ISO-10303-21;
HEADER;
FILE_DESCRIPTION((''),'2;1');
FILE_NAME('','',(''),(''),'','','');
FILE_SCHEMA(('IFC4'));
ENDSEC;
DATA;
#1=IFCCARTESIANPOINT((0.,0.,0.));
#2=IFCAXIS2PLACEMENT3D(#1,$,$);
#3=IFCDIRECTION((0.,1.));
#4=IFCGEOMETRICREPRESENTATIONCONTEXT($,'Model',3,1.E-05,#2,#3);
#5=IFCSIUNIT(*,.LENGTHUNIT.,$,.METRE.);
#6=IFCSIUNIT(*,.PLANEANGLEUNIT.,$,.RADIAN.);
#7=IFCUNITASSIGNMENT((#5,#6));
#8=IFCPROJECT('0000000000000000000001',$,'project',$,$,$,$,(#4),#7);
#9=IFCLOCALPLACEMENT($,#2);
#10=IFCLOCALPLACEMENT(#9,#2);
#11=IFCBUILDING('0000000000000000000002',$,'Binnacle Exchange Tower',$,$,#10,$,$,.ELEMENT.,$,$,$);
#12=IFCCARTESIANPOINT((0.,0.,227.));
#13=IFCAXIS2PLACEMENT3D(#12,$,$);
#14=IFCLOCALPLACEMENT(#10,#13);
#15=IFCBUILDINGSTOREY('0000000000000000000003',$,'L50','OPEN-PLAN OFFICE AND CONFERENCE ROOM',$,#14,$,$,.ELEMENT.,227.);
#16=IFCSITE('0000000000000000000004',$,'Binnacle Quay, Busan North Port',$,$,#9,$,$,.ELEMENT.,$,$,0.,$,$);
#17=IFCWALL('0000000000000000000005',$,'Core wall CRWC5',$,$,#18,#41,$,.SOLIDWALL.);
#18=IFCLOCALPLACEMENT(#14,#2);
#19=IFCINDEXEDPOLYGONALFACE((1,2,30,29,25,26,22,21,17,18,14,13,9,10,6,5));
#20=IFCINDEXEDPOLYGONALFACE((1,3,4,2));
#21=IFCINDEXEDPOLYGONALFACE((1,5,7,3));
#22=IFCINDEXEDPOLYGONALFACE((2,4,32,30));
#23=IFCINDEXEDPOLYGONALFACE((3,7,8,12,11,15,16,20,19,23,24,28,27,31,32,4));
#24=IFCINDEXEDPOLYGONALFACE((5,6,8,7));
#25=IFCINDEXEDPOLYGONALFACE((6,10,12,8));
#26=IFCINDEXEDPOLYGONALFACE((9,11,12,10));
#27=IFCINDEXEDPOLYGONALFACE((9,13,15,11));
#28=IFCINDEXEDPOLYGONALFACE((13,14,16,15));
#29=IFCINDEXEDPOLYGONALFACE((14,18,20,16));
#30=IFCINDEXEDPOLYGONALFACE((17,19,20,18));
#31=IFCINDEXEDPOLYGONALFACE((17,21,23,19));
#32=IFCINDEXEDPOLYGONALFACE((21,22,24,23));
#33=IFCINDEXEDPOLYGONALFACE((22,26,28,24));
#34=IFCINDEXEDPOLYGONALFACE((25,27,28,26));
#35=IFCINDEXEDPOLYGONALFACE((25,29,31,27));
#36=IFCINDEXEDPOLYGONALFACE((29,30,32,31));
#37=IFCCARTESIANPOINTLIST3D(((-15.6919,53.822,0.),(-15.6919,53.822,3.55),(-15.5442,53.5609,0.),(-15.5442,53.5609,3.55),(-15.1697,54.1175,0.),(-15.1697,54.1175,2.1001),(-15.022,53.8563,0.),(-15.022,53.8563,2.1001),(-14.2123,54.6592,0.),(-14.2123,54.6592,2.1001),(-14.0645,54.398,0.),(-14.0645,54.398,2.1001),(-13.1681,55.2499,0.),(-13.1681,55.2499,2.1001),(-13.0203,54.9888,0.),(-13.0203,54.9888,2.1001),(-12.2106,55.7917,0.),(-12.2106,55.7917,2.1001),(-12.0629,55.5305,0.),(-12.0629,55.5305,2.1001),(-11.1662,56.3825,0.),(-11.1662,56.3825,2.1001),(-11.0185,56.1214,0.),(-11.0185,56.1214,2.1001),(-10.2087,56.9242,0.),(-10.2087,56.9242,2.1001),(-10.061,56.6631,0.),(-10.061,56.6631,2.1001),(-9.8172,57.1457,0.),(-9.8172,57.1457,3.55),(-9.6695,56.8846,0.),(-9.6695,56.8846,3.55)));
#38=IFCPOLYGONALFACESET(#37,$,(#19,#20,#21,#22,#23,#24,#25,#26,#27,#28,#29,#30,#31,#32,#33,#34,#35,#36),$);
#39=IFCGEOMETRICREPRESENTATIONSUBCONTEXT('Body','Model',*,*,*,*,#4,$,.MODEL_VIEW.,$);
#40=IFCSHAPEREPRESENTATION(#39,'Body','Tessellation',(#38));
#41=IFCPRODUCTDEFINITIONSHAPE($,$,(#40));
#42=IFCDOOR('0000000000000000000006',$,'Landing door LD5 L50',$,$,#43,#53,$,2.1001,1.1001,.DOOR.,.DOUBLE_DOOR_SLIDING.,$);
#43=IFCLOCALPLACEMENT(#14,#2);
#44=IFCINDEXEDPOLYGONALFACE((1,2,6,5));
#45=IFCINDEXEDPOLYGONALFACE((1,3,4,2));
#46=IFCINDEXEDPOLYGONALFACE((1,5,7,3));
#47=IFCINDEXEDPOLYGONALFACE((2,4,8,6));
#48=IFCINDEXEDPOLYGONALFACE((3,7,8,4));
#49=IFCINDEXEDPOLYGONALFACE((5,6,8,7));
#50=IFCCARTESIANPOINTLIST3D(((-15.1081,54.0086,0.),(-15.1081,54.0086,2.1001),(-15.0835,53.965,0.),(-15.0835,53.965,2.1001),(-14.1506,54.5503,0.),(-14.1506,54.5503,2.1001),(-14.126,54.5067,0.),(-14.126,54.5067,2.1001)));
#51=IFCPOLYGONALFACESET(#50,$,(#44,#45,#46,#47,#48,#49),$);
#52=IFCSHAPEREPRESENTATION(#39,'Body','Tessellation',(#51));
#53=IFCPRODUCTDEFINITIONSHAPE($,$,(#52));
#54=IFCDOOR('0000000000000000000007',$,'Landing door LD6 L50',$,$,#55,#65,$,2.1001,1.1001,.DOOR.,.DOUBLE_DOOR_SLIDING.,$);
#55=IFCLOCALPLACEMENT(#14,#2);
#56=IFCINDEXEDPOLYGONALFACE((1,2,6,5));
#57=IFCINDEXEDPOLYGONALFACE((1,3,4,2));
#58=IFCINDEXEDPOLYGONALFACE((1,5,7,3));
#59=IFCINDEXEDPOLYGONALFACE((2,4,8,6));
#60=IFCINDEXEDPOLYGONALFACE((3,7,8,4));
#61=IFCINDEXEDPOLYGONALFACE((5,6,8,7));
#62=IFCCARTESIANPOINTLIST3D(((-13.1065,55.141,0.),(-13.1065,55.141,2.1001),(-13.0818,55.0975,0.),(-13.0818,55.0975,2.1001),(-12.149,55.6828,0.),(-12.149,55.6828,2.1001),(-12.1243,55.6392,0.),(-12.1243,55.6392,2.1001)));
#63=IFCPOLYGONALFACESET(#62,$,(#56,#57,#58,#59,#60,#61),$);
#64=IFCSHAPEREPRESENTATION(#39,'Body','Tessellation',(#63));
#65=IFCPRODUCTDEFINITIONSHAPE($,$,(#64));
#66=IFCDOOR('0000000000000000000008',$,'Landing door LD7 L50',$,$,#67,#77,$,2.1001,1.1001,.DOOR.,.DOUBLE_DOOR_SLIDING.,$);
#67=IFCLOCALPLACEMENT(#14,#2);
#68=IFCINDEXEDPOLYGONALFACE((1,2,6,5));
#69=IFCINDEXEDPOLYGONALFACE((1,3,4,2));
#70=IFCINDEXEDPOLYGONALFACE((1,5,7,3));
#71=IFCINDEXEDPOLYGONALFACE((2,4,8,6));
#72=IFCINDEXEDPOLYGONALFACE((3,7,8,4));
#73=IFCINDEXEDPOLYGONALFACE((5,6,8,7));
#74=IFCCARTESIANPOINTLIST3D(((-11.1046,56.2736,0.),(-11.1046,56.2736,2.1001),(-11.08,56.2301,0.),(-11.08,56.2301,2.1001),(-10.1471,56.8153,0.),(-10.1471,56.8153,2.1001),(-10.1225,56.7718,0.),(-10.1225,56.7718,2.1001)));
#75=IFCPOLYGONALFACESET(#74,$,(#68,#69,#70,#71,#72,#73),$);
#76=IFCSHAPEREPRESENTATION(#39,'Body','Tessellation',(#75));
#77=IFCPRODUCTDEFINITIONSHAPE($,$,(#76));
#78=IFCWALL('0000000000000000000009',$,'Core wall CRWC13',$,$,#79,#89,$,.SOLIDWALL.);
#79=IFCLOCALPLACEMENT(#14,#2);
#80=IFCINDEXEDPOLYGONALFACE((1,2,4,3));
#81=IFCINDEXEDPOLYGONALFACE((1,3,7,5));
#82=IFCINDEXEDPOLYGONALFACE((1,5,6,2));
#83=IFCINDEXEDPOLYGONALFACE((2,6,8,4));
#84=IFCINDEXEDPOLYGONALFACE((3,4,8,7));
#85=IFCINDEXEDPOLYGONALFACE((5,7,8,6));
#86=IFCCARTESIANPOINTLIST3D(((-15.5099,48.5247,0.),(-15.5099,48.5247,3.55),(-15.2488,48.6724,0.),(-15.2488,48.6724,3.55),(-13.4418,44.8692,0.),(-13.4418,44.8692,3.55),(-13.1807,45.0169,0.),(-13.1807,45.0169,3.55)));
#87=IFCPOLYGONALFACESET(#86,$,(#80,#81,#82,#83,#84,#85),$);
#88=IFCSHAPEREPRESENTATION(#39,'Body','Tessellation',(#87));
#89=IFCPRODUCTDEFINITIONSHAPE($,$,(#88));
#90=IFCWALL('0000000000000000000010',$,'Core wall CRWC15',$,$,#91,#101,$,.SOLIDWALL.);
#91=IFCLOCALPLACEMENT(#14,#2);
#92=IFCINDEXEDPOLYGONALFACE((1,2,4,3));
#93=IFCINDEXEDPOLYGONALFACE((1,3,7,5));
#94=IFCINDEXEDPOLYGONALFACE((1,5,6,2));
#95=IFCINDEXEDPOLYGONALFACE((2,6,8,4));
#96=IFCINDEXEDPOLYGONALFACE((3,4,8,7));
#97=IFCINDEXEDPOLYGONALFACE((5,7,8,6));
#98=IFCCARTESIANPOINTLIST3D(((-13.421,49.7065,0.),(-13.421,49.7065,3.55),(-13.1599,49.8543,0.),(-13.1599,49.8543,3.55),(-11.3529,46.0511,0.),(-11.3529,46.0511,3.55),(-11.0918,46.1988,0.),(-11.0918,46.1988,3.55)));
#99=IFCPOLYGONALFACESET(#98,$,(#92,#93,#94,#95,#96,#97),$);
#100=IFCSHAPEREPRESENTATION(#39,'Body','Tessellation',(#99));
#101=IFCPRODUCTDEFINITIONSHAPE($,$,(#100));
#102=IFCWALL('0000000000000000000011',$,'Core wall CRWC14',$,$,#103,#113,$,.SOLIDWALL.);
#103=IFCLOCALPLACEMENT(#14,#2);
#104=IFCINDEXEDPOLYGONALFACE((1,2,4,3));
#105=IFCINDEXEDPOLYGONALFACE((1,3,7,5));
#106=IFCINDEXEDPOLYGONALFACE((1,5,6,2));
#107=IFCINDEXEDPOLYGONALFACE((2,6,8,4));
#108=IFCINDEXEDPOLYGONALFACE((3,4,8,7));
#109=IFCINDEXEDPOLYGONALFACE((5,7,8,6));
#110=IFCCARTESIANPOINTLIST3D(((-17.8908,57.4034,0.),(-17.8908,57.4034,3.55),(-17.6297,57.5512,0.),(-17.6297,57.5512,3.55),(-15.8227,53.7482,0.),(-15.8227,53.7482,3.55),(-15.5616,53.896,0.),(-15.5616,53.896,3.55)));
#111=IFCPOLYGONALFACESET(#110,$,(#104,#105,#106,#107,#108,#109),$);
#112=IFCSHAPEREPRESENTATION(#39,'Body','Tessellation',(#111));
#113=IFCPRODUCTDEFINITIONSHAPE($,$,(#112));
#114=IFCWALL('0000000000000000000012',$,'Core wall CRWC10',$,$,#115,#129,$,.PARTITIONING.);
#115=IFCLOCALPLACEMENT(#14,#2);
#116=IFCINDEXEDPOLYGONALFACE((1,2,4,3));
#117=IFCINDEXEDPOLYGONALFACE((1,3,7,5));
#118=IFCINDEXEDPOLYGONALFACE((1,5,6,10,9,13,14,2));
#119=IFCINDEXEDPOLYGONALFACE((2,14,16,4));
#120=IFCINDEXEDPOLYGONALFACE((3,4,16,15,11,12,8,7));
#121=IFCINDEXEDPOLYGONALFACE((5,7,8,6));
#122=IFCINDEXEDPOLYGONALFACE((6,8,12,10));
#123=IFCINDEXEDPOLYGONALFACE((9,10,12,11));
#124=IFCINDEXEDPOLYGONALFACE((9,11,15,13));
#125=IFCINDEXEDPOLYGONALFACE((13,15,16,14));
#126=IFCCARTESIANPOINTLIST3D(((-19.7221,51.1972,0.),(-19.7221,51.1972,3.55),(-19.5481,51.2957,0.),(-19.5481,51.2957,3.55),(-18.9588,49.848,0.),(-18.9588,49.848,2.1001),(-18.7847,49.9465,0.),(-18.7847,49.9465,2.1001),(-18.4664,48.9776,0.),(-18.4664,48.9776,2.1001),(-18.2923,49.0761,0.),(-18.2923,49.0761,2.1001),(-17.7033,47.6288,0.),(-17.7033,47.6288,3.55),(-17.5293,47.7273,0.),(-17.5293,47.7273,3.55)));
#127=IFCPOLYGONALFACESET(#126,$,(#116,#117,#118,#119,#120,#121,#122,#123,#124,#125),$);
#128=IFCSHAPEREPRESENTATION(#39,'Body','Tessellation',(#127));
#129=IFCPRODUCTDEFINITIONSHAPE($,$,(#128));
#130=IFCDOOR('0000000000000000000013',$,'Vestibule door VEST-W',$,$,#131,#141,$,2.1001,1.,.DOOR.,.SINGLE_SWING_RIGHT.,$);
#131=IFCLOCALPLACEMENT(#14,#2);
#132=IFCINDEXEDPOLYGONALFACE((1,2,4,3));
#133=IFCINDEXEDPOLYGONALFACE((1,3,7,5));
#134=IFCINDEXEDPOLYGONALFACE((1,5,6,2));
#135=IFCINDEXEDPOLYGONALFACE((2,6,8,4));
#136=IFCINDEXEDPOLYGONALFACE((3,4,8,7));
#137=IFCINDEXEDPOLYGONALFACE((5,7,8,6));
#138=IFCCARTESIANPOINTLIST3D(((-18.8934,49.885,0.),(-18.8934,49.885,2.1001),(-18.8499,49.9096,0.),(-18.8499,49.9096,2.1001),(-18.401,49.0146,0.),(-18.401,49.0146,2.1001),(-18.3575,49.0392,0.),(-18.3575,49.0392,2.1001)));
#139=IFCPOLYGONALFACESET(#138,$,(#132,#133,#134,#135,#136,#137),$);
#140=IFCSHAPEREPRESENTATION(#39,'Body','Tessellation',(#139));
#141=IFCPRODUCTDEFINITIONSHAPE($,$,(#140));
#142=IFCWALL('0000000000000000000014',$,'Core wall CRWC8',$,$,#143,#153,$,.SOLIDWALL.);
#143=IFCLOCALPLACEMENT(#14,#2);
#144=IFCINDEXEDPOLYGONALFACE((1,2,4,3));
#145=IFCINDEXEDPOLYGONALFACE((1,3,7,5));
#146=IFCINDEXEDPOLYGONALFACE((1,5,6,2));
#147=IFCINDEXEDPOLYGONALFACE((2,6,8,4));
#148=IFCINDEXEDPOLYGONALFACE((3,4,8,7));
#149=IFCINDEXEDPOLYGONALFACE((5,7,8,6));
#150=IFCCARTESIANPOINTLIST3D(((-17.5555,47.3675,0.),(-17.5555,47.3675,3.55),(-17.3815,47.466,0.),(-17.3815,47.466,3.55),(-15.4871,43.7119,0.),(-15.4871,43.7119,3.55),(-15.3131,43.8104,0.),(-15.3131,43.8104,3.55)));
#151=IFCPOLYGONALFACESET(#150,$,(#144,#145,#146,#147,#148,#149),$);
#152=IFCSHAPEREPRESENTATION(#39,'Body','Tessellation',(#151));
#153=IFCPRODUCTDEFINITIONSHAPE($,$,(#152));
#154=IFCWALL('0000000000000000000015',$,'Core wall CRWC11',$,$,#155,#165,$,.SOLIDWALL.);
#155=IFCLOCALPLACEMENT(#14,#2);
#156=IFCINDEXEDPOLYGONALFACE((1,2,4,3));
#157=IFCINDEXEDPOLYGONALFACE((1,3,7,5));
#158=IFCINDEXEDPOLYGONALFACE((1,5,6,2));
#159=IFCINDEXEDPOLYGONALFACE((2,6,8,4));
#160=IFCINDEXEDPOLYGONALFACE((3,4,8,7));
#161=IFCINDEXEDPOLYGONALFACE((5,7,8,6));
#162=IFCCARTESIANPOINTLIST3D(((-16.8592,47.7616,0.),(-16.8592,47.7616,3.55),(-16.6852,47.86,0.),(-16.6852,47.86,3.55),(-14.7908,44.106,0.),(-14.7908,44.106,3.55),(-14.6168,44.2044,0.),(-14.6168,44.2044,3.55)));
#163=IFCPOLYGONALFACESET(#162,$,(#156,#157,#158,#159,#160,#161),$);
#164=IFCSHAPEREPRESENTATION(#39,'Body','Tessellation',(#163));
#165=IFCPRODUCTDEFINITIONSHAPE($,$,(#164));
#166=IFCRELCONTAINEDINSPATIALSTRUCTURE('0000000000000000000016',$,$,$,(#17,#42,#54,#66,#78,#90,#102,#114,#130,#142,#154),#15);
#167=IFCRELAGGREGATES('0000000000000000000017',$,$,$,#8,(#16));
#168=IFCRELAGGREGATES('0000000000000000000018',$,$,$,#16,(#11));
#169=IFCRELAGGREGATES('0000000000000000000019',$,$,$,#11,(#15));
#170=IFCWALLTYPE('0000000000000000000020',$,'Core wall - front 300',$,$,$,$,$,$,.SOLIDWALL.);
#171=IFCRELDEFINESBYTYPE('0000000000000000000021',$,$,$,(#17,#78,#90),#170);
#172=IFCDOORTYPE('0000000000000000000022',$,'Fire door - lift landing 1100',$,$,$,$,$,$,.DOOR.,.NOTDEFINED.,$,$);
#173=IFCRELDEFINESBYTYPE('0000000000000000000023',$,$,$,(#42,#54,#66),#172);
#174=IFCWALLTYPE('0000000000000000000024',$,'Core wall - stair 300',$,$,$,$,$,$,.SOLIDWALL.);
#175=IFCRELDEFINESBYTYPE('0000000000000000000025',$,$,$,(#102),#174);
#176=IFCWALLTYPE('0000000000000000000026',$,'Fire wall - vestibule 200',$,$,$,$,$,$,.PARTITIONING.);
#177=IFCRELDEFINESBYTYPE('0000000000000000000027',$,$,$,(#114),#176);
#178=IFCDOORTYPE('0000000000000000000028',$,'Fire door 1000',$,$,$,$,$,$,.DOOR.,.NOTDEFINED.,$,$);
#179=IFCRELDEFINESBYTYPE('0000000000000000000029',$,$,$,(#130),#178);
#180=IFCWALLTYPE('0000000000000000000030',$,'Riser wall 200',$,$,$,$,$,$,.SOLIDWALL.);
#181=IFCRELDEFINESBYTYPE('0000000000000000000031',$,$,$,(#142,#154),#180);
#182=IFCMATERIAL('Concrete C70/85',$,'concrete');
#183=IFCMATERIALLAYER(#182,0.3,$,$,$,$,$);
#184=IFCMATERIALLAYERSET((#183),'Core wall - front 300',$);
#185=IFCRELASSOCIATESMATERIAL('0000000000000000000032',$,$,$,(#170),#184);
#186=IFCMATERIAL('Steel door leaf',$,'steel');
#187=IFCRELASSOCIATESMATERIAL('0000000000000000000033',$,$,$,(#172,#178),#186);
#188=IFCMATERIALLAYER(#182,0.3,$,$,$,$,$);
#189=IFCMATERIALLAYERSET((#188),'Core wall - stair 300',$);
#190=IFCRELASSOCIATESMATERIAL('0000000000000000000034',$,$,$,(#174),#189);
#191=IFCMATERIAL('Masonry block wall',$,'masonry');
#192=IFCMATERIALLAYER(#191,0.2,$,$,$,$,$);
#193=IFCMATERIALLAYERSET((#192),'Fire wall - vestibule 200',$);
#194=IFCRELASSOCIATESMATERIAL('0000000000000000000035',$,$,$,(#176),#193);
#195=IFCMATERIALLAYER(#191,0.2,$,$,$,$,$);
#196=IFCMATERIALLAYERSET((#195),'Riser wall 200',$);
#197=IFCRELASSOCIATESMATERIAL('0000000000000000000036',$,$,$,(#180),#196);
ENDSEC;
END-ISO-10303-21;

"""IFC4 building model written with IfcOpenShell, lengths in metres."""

from ifc_helpers import new_model, si_unit, direction, frame, frame_2d, origin, place, context, subcontext, project, spatial, rectangle, extrude, material, layer, layer_set, type_object, element, fill, save


model = new_model("IFC4")

# Units and contexts
model_context = context("Model", 3, precision=1e-05, world=origin(), true_north=direction((0.0, 1.0)))
body_context = subcontext(model_context, "Body", "Model", "MODEL_VIEW")
ifc_project = project(units=[si_unit("LENGTHUNIT", "METRE"), si_unit("PLANEANGLEUNIT", "RADIAN")], contexts=[model_context])

# Site, building, storey
site_placement = place(None, origin())
site = spatial("IfcSite", under=ifc_project, at=site_placement, Name="Binnacle Quay, Busan North Port", CompositionType="ELEMENT", RefElevation=0.0)
building_placement = place(site_placement, origin())
building = spatial("IfcBuilding", under=site, at=building_placement, Name="Binnacle Exchange Tower", CompositionType="ELEMENT")
storey_placement = place(building_placement, frame((0.0, 0.0, 227.0)))
storey = spatial("IfcBuildingStorey", under=building, at=storey_placement, Name="L50", Description="OPEN-PLAN OFFICE AND CONFERENCE ROOM", CompositionType="ELEMENT", Elevation=227.0)

# Wall, openings, doors
ifc_material_1 = material(Name="Concrete C70/85", Category="concrete")
ifc_layer_1 = layer(ifc_material_1, 0.3)
ifc_layer_set_1 = layer_set([ifc_layer_1], Name="Core wall - front 300")
wall_type_1 = type_object("IfcWallType", Name="Core wall - front 300", PredefinedType="SOLIDWALL", material=ifc_layer_set_1)
ifc_material_2 = material(Name="Steel door leaf", Category="steel")
wall_1_placement = place(storey_placement, frame((-15.6182, 53.6914, 0.0), z_axis=(0.0, 0.0, 1.0), x_axis=(0.870359, 0.492418, 0.0)))
wall_1 = element("IfcWall", 1, at=wall_1_placement, inside=storey, type_object=wall_type_1, Name="Core wall CRWC5", PredefinedType="SOLIDWALL", context=body_context, shape_type="SweptSolid", body=[
    extrude(rectangle(XDim=6.7498, YDim=0.3, at=frame_2d((3.375, 0.0))), origin(), (0.0, 0.0, 1.0), 3.55),
])
opening_1_placement = place(wall_1_placement, frame((0.6001, 0.0, 0.0)))
opening_1 = element("IfcOpeningElement", 2, at=opening_1_placement, cuts=wall_1, PredefinedType="OPENING", context=body_context, shape_type="SweptSolid", body=[
    extrude(rectangle(XDim=1.1001, YDim=2.1001, at=frame_2d((0.55, 1.05))), frame((0.0, 0.1599, 0.0), z_axis=(0.0, -1.0, 0.0), x_axis=(1.0, 0.0, 0.0)), (0.0, 0.0, 1.0), 0.3201),
])
opening_2_placement = place(wall_1_placement, frame((2.8999, 0.0, 0.0)))
opening_2 = element("IfcOpeningElement", 3, at=opening_2_placement, cuts=wall_1, PredefinedType="OPENING", context=body_context, shape_type="SweptSolid", body=[
    extrude(rectangle(XDim=1.1001, YDim=2.1001, at=frame_2d((0.55, 1.05))), frame((0.0, 0.1599, 0.0), z_axis=(0.0, -1.0, 0.0), x_axis=(1.0, 0.0, 0.0)), (0.0, 0.0, 1.0), 0.3201),
])
opening_3_placement = place(wall_1_placement, frame((5.2, 0.0, 0.0)))
opening_3 = element("IfcOpeningElement", 4, at=opening_3_placement, cuts=wall_1, PredefinedType="OPENING", context=body_context, shape_type="SweptSolid", body=[
    extrude(rectangle(XDim=1.1001, YDim=2.1001, at=frame_2d((0.55, 1.05))), frame((0.0, 0.1599, 0.0), z_axis=(0.0, -1.0, 0.0), x_axis=(1.0, 0.0, 0.0)), (0.0, 0.0, 1.0), 0.3201),
])
door_type_1 = type_object("IfcDoorType", Name="Fire door - lift landing 1100", OperationType="NOTDEFINED", PredefinedType="DOOR", material=ifc_material_2)
door_1_placement = place(opening_1_placement, origin())
door_1 = element("IfcDoor", 5, at=door_1_placement, inside=storey, type_object=door_type_1, Name="Landing door LD5 L50", OperationType="DOUBLE_DOOR_SLIDING", OverallHeight=2.1001, OverallWidth=1.1001, PredefinedType="DOOR", context=body_context, shape_type="SweptSolid", body=[
    extrude(rectangle(XDim=1.1001, YDim=2.1001, at=frame_2d((0.55, 1.05))), frame((0.0, 0.0249, 0.0), z_axis=(0.0, -1.0, 0.0), x_axis=(1.0, 0.0, 0.0)), (0.0, 0.0, 1.0), 0.05),
])
fill(opening_1, door_1)
door_2_placement = place(opening_2_placement, origin())
door_2 = element("IfcDoor", 6, at=door_2_placement, inside=storey, type_object=door_type_1, Name="Landing door LD6 L50", OperationType="DOUBLE_DOOR_SLIDING", OverallHeight=2.1001, OverallWidth=1.1001, PredefinedType="DOOR", context=body_context, shape_type="SweptSolid", body=[
    extrude(rectangle(XDim=1.1001, YDim=2.1001, at=frame_2d((0.55, 1.05))), frame((0.0, 0.0249, 0.0), z_axis=(0.0, -1.0, 0.0), x_axis=(1.0, 0.0, 0.0)), (0.0, 0.0, 1.0), 0.05),
])
fill(opening_2, door_2)
door_3_placement = place(opening_3_placement, origin())
door_3 = element("IfcDoor", 7, at=door_3_placement, inside=storey, type_object=door_type_1, Name="Landing door LD7 L50", OperationType="DOUBLE_DOOR_SLIDING", OverallHeight=2.1001, OverallWidth=1.1001, PredefinedType="DOOR", context=body_context, shape_type="SweptSolid", body=[
    extrude(rectangle(XDim=1.1001, YDim=2.1001, at=frame_2d((0.55, 1.05))), frame((0.0, 0.0249, 0.0), z_axis=(0.0, -1.0, 0.0), x_axis=(1.0, 0.0, 0.0)), (0.0, 0.0, 1.0), 0.05),
])
fill(opening_3, door_3)

# Walls
for number, where, z_axis, x_axis, name in (
    (8, (-15.3794, 48.5986, 0.0), (0.0, 0.0, 1.0), (0.49241, -0.870364, 0.0), "Core wall CRWC13"),
    (9, (-13.2905, 49.7805, 0.0), (0.0, 0.0, 1.0), (0.49241, -0.870364, 0.0), "Core wall CRWC15"),
):
    element("IfcWall", number, at=place(storey_placement, frame(where, z_axis=z_axis, x_axis=x_axis)), inside=storey, type_object=wall_type_1, Name=name, PredefinedType="SOLIDWALL", context=body_context, shape_type="SweptSolid", body=[
        extrude(rectangle(XDim=4.2, YDim=0.3, at=frame_2d((2.1001, 0.0))), origin(), (0.0, 0.0, 1.0), 3.55),
    ])
ifc_layer_2 = layer(ifc_material_1, 0.3)
ifc_layer_set_2 = layer_set([ifc_layer_2], Name="Core wall - stair 300")
wall_type_2 = type_object("IfcWallType", Name="Core wall - stair 300", PredefinedType="SOLIDWALL", material=ifc_layer_set_2)
wall_2_placement = place(storey_placement, frame((-17.7603, 57.4773, 0.0), z_axis=(0.0, 0.0, 1.0), x_axis=(0.492435, -0.870349, 0.0)))
element("IfcWall", 10, at=wall_2_placement, inside=storey, type_object=wall_type_2, Name="Core wall CRWC14", PredefinedType="SOLIDWALL", context=body_context, shape_type="SweptSolid", body=[
    extrude(rectangle(XDim=4.1997, YDim=0.3, at=frame_2d((2.0999, 0.0))), origin(), (0.0, 0.0, 1.0), 3.55),
])

# Wall, opening, door
ifc_material_3 = material(Name="Masonry block wall", Category="masonry")
ifc_layer_3 = layer(ifc_material_3, 0.2)
ifc_layer_set_3 = layer_set([ifc_layer_3], Name="Fire wall - vestibule 200")
wall_type_3 = type_object("IfcWallType", Name="Fire wall - vestibule 200", PredefinedType="PARTITIONING", material=ifc_layer_set_3)
wall_3_placement = place(storey_placement, frame((-19.635, 51.2463, 0.0), z_axis=(0.0, 0.0, 1.0), x_axis=(0.492408, -0.870364, 0.0)))
wall_3 = element("IfcWall", 11, at=wall_3_placement, inside=storey, type_object=wall_type_3, Name="Core wall CRWC10", PredefinedType="PARTITIONING", context=body_context, shape_type="SweptSolid", body=[
    extrude(rectangle(XDim=4.0999, YDim=0.2, at=frame_2d((2.0498, 0.0))), origin(), (0.0, 0.0, 1.0), 3.55),
])
opening_4_placement = place(wall_3_placement, frame((1.55, 0.0, 0.0)))
opening_4 = element("IfcOpeningElement", 12, at=opening_4_placement, cuts=wall_3, PredefinedType="OPENING", context=body_context, shape_type="SweptSolid", body=[
    extrude(rectangle(XDim=1.0, YDim=2.1001, at=frame_2d((0.5, 1.05))), frame((0.0, 0.1099, 0.0), z_axis=(0.0, -1.0, 0.0), x_axis=(1.0, 0.0, 0.0)), (0.0, 0.0, 1.0), 0.22),
])
door_type_2 = type_object("IfcDoorType", Name="Fire door 1000", OperationType="NOTDEFINED", PredefinedType="DOOR", material=ifc_material_2)
door_4_placement = place(opening_4_placement, frame((1.0, 0.0, 0.0), z_axis=(0.0, 0.0, 1.0), x_axis=(-1.0, 0.0, 0.0)))
door_4 = element("IfcDoor", 13, at=door_4_placement, inside=storey, type_object=door_type_2, Name="Vestibule door VEST-W", OperationType="SINGLE_SWING_RIGHT", OverallHeight=2.1001, OverallWidth=1.0, PredefinedType="DOOR", context=body_context, shape_type="SweptSolid", body=[
    extrude(rectangle(XDim=1.0, YDim=2.1001, at=frame_2d((0.5, 1.05))), frame((0.0, 0.0249, 0.0), z_axis=(0.0, -1.0, 0.0), x_axis=(1.0, 0.0, 0.0)), (0.0, 0.0, 1.0), 0.05),
])
fill(opening_4, door_4)

# Walls
ifc_layer_4 = layer(ifc_material_3, 0.2)
ifc_layer_set_4 = layer_set([ifc_layer_4], Name="Riser wall 200")
wall_type_4 = type_object("IfcWallType", Name="Riser wall 200", PredefinedType="SOLIDWALL", material=ifc_layer_set_4)
for number, where, z_axis, x_axis, name in (
    (14, (-17.4685, 47.4167, 0.0), (0.0, 0.0, 1.0), (0.492454, -0.870339, 0.0), "Core wall CRWC8"),
    (15, (-16.7722, 47.8108, 0.0), (0.0, 0.0, 1.0), (0.492454, -0.870339, 0.0), "Core wall CRWC11"),
):
    element("IfcWall", number, at=place(storey_placement, frame(where, z_axis=z_axis, x_axis=x_axis)), inside=storey, type_object=wall_type_4, Name=name, PredefinedType="SOLIDWALL", context=body_context, shape_type="SweptSolid", body=[
        extrude(rectangle(XDim=4.2002, YDim=0.2, at=frame_2d((2.1001, 0.0))), origin(), (0.0, 0.0, 1.0), 3.55),
    ])

save(model, "model.ifc")
